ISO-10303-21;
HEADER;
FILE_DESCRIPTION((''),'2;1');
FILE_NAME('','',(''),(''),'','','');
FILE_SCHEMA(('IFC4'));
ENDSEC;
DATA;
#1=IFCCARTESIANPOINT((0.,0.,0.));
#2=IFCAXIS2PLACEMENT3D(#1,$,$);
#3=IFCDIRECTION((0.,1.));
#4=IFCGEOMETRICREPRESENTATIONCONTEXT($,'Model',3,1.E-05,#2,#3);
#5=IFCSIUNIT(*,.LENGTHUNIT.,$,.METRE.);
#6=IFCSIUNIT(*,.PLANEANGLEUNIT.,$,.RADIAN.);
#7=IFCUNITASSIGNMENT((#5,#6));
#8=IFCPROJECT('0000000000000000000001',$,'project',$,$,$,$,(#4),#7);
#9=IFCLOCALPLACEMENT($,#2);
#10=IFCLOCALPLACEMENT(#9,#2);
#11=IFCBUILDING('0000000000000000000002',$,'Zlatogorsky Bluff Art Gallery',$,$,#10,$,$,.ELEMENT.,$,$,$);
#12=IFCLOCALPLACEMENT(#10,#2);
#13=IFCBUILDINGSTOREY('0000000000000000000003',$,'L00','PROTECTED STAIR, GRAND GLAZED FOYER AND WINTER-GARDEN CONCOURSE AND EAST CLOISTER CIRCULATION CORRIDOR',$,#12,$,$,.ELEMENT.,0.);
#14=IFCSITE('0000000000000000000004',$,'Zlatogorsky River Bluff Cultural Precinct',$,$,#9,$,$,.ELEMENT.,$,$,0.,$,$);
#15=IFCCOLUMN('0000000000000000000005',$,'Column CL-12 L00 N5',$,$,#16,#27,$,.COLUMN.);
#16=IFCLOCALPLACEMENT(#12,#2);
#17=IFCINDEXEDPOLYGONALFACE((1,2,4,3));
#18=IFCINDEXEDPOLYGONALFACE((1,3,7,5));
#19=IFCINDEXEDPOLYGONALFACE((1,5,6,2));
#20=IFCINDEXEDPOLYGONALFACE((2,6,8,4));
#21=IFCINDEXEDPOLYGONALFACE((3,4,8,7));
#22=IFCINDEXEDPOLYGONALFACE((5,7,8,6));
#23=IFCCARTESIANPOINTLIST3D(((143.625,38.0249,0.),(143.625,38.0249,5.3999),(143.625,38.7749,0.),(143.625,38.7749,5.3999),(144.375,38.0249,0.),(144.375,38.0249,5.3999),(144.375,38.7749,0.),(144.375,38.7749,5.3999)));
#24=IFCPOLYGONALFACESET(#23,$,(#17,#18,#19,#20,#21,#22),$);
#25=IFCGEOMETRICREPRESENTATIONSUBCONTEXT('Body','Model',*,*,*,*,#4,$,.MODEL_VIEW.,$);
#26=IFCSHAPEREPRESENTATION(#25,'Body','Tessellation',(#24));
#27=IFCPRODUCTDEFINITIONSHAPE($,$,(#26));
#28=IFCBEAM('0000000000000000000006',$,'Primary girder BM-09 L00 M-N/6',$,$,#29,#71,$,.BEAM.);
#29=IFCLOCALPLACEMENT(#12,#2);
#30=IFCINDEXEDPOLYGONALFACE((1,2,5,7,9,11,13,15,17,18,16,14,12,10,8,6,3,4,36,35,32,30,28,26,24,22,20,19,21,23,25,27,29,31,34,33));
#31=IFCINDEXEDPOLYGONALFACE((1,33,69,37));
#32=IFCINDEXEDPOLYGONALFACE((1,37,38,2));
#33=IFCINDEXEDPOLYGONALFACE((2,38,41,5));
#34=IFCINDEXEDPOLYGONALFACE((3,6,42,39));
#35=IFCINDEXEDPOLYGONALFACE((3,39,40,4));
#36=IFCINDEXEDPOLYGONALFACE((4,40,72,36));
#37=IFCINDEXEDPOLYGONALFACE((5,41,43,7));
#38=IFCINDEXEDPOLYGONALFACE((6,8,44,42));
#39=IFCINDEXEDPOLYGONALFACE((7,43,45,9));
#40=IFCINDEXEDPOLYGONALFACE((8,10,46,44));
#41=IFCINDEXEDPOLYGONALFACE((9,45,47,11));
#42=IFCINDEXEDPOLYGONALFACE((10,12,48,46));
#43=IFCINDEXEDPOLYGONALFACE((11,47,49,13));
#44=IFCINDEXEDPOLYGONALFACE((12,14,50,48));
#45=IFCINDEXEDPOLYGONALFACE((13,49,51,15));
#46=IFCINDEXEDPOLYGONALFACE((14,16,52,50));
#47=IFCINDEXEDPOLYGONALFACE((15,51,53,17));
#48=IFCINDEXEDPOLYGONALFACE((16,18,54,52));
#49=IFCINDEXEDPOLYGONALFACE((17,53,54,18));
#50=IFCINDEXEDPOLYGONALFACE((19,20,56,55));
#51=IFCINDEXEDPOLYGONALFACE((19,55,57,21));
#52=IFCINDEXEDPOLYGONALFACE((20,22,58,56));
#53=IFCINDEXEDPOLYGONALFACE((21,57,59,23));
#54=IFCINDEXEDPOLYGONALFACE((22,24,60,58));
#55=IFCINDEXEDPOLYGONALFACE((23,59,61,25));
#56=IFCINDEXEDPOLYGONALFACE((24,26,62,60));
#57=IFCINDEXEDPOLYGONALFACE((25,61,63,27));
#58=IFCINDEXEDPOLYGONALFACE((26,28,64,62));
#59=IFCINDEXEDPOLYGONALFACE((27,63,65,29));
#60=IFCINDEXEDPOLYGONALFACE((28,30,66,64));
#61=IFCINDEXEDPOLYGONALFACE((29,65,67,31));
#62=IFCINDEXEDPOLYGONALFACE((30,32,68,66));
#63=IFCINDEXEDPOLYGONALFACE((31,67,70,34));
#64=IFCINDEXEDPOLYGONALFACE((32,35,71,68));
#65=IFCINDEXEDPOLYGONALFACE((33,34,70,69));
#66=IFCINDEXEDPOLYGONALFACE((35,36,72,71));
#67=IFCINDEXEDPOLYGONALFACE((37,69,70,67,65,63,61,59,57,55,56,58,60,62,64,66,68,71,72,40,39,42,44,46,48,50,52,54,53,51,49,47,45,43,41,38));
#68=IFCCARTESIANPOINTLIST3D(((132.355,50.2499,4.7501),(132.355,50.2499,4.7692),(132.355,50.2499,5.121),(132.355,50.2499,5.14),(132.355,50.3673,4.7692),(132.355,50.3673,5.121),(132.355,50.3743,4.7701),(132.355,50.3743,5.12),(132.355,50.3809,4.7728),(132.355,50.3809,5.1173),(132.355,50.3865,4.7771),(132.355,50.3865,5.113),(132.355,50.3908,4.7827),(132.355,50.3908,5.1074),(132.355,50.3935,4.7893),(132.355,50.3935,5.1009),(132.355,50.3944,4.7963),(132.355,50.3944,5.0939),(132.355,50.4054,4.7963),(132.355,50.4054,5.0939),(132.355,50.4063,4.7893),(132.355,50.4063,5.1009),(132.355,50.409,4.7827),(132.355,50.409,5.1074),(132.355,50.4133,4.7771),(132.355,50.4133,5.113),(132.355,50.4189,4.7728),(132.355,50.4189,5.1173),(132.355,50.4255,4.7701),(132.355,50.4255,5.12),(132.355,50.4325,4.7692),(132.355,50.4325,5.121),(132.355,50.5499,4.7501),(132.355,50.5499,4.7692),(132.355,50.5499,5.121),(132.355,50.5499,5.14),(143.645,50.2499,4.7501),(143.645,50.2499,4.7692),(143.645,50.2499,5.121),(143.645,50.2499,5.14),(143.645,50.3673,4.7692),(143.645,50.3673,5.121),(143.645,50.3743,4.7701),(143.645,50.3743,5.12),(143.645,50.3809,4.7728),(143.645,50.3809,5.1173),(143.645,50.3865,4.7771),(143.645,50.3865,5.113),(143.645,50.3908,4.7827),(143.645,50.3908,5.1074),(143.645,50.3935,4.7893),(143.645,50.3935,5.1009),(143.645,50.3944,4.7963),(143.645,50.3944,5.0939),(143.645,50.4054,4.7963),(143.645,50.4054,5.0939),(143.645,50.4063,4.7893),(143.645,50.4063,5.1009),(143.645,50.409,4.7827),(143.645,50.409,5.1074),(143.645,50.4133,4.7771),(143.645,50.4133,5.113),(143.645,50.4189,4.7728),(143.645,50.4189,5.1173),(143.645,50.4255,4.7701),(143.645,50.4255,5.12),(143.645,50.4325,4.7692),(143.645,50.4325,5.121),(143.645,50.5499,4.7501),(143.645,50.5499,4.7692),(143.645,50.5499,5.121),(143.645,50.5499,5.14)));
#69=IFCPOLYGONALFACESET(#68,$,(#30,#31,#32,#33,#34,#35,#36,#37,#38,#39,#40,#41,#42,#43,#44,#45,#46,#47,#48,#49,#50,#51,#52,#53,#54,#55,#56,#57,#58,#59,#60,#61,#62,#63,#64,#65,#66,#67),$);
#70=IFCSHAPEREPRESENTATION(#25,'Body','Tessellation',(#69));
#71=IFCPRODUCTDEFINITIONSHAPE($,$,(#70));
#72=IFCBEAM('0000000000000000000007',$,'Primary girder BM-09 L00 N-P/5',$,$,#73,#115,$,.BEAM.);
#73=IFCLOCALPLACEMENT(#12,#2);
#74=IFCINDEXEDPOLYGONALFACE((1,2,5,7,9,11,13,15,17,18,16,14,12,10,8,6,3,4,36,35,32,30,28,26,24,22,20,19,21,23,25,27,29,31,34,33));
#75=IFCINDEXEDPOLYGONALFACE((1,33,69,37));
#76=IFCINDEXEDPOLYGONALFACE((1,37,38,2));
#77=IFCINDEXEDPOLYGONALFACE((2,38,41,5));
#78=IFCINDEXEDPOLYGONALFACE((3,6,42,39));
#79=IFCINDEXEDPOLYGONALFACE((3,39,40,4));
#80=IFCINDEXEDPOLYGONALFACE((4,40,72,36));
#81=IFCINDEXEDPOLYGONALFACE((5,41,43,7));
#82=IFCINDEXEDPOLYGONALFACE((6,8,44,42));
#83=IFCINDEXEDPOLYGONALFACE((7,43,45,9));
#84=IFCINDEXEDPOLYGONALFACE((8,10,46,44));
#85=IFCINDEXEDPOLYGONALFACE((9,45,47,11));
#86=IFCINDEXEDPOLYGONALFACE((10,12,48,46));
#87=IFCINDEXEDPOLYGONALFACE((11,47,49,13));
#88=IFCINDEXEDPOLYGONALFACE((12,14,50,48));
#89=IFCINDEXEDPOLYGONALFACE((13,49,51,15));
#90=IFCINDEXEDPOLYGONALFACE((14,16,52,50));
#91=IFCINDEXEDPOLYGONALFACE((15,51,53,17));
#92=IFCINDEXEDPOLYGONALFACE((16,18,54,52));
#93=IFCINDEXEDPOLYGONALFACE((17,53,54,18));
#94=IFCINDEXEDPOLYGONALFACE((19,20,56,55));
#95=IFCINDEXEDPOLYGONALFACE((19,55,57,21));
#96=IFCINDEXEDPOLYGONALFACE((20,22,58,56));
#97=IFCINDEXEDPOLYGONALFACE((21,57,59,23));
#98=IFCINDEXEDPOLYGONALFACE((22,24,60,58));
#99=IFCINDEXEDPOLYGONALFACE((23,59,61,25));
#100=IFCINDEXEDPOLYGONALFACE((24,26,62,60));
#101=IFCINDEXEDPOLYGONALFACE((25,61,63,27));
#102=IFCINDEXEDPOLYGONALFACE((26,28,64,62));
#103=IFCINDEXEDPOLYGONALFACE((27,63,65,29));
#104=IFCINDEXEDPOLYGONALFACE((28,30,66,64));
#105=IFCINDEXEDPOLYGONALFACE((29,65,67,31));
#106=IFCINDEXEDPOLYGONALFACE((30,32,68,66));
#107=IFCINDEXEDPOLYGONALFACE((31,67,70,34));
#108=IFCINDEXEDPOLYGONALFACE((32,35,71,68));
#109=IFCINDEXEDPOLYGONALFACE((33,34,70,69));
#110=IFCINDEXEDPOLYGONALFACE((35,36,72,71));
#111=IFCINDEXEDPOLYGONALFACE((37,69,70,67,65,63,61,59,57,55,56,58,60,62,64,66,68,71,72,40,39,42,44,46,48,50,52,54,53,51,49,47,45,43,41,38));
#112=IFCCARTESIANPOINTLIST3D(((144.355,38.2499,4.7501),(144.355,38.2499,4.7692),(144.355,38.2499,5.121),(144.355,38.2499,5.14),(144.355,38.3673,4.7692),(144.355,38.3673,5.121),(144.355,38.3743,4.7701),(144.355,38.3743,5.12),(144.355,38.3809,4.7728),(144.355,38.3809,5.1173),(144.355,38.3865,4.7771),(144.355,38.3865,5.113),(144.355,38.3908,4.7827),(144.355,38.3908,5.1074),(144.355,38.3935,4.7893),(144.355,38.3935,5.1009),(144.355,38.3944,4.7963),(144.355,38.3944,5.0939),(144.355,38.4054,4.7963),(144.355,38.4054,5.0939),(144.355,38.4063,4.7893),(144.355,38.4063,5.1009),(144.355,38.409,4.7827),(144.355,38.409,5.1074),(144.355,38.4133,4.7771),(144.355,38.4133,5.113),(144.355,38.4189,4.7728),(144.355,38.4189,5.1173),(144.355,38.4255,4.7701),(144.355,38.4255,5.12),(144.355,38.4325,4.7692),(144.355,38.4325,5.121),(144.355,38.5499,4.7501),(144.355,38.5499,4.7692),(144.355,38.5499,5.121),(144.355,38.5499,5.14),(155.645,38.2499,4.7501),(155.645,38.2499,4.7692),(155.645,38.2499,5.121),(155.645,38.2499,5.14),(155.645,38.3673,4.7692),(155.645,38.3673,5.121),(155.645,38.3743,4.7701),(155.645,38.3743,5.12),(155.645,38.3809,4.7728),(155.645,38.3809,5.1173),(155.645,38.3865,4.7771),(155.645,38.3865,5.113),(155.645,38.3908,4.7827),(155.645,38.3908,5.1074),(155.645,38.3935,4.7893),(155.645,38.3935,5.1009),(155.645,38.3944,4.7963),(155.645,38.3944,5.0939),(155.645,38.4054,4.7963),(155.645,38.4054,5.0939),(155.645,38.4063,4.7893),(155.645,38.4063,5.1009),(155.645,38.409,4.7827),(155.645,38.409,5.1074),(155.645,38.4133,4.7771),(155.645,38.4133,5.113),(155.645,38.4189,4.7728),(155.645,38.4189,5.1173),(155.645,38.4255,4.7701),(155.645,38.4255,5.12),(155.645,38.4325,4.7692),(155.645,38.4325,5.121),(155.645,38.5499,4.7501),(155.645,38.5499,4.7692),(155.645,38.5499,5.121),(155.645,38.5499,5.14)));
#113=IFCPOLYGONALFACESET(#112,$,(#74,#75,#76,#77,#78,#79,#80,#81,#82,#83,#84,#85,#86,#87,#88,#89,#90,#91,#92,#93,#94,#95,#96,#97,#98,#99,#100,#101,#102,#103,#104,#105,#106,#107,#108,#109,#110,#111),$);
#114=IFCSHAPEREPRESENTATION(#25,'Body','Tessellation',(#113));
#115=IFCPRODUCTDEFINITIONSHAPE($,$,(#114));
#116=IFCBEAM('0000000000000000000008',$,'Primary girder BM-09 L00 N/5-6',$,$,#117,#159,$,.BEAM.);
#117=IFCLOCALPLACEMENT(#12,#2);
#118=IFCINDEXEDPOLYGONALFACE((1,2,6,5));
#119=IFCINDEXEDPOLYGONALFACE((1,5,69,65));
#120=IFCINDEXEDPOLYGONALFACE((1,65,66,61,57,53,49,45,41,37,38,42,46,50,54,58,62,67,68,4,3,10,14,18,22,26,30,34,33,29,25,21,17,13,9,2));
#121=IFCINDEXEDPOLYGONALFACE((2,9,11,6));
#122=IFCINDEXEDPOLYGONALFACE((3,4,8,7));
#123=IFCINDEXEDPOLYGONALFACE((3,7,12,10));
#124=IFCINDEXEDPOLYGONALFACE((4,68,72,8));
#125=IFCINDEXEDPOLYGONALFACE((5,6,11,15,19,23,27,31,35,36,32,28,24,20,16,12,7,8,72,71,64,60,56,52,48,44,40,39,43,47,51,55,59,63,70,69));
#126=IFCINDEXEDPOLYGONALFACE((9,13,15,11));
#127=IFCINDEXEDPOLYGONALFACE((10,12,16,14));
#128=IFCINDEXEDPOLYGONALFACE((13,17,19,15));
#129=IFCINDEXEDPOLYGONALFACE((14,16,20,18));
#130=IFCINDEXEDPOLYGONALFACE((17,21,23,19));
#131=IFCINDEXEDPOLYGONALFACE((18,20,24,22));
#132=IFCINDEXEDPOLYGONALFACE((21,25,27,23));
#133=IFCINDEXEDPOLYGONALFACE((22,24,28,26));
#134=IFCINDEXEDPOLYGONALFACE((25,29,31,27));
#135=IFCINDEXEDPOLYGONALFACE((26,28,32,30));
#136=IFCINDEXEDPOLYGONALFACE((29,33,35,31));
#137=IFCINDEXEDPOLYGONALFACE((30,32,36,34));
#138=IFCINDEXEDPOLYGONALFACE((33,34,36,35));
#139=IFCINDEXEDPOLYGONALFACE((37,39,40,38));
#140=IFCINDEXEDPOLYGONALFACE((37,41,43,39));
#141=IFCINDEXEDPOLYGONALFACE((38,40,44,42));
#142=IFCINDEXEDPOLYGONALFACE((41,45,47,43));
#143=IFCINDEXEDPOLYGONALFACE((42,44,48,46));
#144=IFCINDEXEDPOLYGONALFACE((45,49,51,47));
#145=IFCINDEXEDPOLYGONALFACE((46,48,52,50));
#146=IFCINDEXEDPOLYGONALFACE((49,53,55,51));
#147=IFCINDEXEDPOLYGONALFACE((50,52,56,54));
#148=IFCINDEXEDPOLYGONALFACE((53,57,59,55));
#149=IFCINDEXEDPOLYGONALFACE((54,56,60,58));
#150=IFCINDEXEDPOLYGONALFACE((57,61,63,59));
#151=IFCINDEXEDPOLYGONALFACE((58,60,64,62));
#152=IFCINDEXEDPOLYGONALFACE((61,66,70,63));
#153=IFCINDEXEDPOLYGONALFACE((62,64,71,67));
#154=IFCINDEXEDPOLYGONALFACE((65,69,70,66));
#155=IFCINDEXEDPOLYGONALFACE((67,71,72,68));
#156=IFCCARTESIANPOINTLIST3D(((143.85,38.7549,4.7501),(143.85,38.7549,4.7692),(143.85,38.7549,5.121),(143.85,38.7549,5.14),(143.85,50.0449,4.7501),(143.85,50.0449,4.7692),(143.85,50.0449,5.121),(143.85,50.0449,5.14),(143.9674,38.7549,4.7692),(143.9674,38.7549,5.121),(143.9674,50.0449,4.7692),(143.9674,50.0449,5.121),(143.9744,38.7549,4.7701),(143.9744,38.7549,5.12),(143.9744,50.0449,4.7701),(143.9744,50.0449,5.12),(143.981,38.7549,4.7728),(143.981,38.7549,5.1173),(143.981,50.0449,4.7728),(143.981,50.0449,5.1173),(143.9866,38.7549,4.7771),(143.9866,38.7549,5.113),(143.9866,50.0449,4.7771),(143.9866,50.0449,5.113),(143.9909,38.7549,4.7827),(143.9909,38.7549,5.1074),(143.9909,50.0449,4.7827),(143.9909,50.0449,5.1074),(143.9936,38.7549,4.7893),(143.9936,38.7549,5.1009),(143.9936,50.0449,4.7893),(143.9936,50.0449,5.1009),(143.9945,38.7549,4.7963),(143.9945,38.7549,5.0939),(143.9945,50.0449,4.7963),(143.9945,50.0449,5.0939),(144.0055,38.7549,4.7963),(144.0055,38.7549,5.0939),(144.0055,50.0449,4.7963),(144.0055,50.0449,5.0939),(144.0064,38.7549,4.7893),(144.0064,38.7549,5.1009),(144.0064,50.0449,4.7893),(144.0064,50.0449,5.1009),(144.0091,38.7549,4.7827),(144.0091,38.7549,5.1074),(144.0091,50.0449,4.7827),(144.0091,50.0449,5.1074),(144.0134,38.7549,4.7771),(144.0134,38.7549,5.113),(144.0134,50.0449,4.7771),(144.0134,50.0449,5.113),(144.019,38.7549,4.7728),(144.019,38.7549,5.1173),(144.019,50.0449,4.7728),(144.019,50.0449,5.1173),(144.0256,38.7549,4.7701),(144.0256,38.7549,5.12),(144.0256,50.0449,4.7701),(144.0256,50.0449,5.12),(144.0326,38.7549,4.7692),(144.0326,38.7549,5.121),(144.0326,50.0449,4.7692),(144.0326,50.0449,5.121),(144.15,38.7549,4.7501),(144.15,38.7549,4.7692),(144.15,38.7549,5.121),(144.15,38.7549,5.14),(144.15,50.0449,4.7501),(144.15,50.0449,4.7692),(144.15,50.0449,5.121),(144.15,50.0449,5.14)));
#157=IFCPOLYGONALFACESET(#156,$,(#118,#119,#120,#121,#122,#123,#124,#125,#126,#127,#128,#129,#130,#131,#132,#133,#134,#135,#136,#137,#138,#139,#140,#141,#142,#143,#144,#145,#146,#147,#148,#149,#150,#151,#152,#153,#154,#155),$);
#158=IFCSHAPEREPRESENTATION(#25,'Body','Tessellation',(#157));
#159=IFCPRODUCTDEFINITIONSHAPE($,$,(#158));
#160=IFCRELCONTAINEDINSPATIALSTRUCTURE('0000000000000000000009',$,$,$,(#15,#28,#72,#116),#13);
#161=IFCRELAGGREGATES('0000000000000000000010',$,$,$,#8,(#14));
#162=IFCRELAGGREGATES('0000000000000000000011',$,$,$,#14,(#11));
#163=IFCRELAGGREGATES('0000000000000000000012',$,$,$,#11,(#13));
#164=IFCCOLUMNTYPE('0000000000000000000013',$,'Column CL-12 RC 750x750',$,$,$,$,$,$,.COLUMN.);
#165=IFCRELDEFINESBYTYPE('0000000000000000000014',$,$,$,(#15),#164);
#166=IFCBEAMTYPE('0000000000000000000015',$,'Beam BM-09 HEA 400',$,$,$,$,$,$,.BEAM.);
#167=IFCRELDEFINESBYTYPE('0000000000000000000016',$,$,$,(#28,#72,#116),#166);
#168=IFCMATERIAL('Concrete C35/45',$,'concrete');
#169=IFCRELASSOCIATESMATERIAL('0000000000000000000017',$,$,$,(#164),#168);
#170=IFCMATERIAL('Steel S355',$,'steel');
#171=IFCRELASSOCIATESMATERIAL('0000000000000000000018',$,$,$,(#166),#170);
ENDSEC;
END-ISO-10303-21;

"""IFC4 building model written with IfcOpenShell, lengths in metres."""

from ifc_helpers import new_model, si_unit, direction, frame, origin, origin_2d, place, context, subcontext, project, spatial, rectangle, i_section, extrude, material, material_profile, profile_set, type_object, element, save


model = new_model("IFC4")

# Units and contexts
model_context = context("Model", 3, precision=1e-05, world=origin(), true_north=direction((0.0, 1.0)))
body_context = subcontext(model_context, "Body", "Model", "MODEL_VIEW")
ifc_project = project(units=[si_unit("LENGTHUNIT", "METRE"), si_unit("PLANEANGLEUNIT", "RADIAN")], contexts=[model_context])

# Site, building, storey
site_placement = place(None, origin())
site = spatial("IfcSite", under=ifc_project, at=site_placement, Name="Zlatogorsky River Bluff Cultural Precinct", CompositionType="ELEMENT", RefElevation=0.0)
building_placement = place(site_placement, origin())
building = spatial("IfcBuilding", under=site, at=building_placement, Name="Zlatogorsky Bluff Art Gallery", CompositionType="ELEMENT")
storey_placement = place(building_placement, origin())
storey = spatial("IfcBuildingStorey", under=building, at=storey_placement, Name="L00", Description="PROTECTED STAIR, GRAND GLAZED FOYER AND WINTER-GARDEN CONCOURSE AND EAST CLOISTER CIRCULATION CORRIDOR", CompositionType="ELEMENT", Elevation=0.0)

# Column
ifc_material_1 = material(Name="Concrete C35/45", Category="concrete")
ifc_material_profile_1 = material_profile(ifc_material_1, rectangle(XDim=0.75, YDim=0.75, at=origin_2d()), Name="RC 750x750")
ifc_profile_set_1 = profile_set([ifc_material_profile_1], Name="Concrete C35/45")
column_type = type_object("IfcColumnType", Name="Column CL-12 RC 750x750", PredefinedType="COLUMN", material=ifc_profile_set_1)
column_placement = place(storey_placement, frame((144.0, 38.3999, 0.0), z_axis=(0.0, 0.0, 1.0), x_axis=(1.0, 0.0, 0.0)))
element("IfcColumn", 1, at=column_placement, inside=storey, type_object=column_type, Name="Column CL-12 L00 N5", PredefinedType="COLUMN", context=body_context, shape_type="SweptSolid", body=[
    extrude(rectangle(XDim=0.75, YDim=0.75, at=origin_2d()), origin(), (0.0, 0.0, 1.0), 5.3999),
])

# Beams
ifc_material_2 = material(Name="Steel S355", Category="steel")
ifc_material_profile_2 = material_profile(ifc_material_2, i_section(OverallWidth=0.3, OverallDepth=0.3899, WebThickness=0.011, FlangeThickness=0.019, FilletRadius=0.0271, at=origin_2d()), Name="HEA 400")
ifc_profile_set_2 = profile_set([ifc_material_profile_2], Name="Steel S355")
beam_type_1 = type_object("IfcBeamType", Name="Beam BM-09 HEA 400", PredefinedType="BEAM", material=ifc_profile_set_2)
for number, where, z_axis, x_axis, name in (
    (2, (132.355, 50.3999, 4.9451), (1.0, 0.0, 0.0), (0.0, 1.0, 0.0), "Primary girder BM-09 L00 M-N/6"),
    (3, (144.355, 38.3999, 4.9451), (1.0, 0.0, 0.0), (0.0, 1.0, 0.0), "Primary girder BM-09 L00 N-P/5"),
    (4, (144.0, 38.7549, 4.9451), (0.0, 1.0, 0.0), (-1.0, 0.0, 0.0), "Primary girder BM-09 L00 N/5-6"),
):
    element("IfcBeam", number, at=place(storey_placement, frame(where, z_axis=z_axis, x_axis=x_axis)), inside=storey, type_object=beam_type_1, Name=name, PredefinedType="BEAM", context=body_context, shape_type="SweptSolid", body=[
        extrude(i_section(OverallWidth=0.3, OverallDepth=0.3899, WebThickness=0.011, FlangeThickness=0.019, FilletRadius=0.0271, at=origin_2d()), origin(), (0.0, 0.0, 1.0), 11.29),
    ])

save(model, "model.ifc")
